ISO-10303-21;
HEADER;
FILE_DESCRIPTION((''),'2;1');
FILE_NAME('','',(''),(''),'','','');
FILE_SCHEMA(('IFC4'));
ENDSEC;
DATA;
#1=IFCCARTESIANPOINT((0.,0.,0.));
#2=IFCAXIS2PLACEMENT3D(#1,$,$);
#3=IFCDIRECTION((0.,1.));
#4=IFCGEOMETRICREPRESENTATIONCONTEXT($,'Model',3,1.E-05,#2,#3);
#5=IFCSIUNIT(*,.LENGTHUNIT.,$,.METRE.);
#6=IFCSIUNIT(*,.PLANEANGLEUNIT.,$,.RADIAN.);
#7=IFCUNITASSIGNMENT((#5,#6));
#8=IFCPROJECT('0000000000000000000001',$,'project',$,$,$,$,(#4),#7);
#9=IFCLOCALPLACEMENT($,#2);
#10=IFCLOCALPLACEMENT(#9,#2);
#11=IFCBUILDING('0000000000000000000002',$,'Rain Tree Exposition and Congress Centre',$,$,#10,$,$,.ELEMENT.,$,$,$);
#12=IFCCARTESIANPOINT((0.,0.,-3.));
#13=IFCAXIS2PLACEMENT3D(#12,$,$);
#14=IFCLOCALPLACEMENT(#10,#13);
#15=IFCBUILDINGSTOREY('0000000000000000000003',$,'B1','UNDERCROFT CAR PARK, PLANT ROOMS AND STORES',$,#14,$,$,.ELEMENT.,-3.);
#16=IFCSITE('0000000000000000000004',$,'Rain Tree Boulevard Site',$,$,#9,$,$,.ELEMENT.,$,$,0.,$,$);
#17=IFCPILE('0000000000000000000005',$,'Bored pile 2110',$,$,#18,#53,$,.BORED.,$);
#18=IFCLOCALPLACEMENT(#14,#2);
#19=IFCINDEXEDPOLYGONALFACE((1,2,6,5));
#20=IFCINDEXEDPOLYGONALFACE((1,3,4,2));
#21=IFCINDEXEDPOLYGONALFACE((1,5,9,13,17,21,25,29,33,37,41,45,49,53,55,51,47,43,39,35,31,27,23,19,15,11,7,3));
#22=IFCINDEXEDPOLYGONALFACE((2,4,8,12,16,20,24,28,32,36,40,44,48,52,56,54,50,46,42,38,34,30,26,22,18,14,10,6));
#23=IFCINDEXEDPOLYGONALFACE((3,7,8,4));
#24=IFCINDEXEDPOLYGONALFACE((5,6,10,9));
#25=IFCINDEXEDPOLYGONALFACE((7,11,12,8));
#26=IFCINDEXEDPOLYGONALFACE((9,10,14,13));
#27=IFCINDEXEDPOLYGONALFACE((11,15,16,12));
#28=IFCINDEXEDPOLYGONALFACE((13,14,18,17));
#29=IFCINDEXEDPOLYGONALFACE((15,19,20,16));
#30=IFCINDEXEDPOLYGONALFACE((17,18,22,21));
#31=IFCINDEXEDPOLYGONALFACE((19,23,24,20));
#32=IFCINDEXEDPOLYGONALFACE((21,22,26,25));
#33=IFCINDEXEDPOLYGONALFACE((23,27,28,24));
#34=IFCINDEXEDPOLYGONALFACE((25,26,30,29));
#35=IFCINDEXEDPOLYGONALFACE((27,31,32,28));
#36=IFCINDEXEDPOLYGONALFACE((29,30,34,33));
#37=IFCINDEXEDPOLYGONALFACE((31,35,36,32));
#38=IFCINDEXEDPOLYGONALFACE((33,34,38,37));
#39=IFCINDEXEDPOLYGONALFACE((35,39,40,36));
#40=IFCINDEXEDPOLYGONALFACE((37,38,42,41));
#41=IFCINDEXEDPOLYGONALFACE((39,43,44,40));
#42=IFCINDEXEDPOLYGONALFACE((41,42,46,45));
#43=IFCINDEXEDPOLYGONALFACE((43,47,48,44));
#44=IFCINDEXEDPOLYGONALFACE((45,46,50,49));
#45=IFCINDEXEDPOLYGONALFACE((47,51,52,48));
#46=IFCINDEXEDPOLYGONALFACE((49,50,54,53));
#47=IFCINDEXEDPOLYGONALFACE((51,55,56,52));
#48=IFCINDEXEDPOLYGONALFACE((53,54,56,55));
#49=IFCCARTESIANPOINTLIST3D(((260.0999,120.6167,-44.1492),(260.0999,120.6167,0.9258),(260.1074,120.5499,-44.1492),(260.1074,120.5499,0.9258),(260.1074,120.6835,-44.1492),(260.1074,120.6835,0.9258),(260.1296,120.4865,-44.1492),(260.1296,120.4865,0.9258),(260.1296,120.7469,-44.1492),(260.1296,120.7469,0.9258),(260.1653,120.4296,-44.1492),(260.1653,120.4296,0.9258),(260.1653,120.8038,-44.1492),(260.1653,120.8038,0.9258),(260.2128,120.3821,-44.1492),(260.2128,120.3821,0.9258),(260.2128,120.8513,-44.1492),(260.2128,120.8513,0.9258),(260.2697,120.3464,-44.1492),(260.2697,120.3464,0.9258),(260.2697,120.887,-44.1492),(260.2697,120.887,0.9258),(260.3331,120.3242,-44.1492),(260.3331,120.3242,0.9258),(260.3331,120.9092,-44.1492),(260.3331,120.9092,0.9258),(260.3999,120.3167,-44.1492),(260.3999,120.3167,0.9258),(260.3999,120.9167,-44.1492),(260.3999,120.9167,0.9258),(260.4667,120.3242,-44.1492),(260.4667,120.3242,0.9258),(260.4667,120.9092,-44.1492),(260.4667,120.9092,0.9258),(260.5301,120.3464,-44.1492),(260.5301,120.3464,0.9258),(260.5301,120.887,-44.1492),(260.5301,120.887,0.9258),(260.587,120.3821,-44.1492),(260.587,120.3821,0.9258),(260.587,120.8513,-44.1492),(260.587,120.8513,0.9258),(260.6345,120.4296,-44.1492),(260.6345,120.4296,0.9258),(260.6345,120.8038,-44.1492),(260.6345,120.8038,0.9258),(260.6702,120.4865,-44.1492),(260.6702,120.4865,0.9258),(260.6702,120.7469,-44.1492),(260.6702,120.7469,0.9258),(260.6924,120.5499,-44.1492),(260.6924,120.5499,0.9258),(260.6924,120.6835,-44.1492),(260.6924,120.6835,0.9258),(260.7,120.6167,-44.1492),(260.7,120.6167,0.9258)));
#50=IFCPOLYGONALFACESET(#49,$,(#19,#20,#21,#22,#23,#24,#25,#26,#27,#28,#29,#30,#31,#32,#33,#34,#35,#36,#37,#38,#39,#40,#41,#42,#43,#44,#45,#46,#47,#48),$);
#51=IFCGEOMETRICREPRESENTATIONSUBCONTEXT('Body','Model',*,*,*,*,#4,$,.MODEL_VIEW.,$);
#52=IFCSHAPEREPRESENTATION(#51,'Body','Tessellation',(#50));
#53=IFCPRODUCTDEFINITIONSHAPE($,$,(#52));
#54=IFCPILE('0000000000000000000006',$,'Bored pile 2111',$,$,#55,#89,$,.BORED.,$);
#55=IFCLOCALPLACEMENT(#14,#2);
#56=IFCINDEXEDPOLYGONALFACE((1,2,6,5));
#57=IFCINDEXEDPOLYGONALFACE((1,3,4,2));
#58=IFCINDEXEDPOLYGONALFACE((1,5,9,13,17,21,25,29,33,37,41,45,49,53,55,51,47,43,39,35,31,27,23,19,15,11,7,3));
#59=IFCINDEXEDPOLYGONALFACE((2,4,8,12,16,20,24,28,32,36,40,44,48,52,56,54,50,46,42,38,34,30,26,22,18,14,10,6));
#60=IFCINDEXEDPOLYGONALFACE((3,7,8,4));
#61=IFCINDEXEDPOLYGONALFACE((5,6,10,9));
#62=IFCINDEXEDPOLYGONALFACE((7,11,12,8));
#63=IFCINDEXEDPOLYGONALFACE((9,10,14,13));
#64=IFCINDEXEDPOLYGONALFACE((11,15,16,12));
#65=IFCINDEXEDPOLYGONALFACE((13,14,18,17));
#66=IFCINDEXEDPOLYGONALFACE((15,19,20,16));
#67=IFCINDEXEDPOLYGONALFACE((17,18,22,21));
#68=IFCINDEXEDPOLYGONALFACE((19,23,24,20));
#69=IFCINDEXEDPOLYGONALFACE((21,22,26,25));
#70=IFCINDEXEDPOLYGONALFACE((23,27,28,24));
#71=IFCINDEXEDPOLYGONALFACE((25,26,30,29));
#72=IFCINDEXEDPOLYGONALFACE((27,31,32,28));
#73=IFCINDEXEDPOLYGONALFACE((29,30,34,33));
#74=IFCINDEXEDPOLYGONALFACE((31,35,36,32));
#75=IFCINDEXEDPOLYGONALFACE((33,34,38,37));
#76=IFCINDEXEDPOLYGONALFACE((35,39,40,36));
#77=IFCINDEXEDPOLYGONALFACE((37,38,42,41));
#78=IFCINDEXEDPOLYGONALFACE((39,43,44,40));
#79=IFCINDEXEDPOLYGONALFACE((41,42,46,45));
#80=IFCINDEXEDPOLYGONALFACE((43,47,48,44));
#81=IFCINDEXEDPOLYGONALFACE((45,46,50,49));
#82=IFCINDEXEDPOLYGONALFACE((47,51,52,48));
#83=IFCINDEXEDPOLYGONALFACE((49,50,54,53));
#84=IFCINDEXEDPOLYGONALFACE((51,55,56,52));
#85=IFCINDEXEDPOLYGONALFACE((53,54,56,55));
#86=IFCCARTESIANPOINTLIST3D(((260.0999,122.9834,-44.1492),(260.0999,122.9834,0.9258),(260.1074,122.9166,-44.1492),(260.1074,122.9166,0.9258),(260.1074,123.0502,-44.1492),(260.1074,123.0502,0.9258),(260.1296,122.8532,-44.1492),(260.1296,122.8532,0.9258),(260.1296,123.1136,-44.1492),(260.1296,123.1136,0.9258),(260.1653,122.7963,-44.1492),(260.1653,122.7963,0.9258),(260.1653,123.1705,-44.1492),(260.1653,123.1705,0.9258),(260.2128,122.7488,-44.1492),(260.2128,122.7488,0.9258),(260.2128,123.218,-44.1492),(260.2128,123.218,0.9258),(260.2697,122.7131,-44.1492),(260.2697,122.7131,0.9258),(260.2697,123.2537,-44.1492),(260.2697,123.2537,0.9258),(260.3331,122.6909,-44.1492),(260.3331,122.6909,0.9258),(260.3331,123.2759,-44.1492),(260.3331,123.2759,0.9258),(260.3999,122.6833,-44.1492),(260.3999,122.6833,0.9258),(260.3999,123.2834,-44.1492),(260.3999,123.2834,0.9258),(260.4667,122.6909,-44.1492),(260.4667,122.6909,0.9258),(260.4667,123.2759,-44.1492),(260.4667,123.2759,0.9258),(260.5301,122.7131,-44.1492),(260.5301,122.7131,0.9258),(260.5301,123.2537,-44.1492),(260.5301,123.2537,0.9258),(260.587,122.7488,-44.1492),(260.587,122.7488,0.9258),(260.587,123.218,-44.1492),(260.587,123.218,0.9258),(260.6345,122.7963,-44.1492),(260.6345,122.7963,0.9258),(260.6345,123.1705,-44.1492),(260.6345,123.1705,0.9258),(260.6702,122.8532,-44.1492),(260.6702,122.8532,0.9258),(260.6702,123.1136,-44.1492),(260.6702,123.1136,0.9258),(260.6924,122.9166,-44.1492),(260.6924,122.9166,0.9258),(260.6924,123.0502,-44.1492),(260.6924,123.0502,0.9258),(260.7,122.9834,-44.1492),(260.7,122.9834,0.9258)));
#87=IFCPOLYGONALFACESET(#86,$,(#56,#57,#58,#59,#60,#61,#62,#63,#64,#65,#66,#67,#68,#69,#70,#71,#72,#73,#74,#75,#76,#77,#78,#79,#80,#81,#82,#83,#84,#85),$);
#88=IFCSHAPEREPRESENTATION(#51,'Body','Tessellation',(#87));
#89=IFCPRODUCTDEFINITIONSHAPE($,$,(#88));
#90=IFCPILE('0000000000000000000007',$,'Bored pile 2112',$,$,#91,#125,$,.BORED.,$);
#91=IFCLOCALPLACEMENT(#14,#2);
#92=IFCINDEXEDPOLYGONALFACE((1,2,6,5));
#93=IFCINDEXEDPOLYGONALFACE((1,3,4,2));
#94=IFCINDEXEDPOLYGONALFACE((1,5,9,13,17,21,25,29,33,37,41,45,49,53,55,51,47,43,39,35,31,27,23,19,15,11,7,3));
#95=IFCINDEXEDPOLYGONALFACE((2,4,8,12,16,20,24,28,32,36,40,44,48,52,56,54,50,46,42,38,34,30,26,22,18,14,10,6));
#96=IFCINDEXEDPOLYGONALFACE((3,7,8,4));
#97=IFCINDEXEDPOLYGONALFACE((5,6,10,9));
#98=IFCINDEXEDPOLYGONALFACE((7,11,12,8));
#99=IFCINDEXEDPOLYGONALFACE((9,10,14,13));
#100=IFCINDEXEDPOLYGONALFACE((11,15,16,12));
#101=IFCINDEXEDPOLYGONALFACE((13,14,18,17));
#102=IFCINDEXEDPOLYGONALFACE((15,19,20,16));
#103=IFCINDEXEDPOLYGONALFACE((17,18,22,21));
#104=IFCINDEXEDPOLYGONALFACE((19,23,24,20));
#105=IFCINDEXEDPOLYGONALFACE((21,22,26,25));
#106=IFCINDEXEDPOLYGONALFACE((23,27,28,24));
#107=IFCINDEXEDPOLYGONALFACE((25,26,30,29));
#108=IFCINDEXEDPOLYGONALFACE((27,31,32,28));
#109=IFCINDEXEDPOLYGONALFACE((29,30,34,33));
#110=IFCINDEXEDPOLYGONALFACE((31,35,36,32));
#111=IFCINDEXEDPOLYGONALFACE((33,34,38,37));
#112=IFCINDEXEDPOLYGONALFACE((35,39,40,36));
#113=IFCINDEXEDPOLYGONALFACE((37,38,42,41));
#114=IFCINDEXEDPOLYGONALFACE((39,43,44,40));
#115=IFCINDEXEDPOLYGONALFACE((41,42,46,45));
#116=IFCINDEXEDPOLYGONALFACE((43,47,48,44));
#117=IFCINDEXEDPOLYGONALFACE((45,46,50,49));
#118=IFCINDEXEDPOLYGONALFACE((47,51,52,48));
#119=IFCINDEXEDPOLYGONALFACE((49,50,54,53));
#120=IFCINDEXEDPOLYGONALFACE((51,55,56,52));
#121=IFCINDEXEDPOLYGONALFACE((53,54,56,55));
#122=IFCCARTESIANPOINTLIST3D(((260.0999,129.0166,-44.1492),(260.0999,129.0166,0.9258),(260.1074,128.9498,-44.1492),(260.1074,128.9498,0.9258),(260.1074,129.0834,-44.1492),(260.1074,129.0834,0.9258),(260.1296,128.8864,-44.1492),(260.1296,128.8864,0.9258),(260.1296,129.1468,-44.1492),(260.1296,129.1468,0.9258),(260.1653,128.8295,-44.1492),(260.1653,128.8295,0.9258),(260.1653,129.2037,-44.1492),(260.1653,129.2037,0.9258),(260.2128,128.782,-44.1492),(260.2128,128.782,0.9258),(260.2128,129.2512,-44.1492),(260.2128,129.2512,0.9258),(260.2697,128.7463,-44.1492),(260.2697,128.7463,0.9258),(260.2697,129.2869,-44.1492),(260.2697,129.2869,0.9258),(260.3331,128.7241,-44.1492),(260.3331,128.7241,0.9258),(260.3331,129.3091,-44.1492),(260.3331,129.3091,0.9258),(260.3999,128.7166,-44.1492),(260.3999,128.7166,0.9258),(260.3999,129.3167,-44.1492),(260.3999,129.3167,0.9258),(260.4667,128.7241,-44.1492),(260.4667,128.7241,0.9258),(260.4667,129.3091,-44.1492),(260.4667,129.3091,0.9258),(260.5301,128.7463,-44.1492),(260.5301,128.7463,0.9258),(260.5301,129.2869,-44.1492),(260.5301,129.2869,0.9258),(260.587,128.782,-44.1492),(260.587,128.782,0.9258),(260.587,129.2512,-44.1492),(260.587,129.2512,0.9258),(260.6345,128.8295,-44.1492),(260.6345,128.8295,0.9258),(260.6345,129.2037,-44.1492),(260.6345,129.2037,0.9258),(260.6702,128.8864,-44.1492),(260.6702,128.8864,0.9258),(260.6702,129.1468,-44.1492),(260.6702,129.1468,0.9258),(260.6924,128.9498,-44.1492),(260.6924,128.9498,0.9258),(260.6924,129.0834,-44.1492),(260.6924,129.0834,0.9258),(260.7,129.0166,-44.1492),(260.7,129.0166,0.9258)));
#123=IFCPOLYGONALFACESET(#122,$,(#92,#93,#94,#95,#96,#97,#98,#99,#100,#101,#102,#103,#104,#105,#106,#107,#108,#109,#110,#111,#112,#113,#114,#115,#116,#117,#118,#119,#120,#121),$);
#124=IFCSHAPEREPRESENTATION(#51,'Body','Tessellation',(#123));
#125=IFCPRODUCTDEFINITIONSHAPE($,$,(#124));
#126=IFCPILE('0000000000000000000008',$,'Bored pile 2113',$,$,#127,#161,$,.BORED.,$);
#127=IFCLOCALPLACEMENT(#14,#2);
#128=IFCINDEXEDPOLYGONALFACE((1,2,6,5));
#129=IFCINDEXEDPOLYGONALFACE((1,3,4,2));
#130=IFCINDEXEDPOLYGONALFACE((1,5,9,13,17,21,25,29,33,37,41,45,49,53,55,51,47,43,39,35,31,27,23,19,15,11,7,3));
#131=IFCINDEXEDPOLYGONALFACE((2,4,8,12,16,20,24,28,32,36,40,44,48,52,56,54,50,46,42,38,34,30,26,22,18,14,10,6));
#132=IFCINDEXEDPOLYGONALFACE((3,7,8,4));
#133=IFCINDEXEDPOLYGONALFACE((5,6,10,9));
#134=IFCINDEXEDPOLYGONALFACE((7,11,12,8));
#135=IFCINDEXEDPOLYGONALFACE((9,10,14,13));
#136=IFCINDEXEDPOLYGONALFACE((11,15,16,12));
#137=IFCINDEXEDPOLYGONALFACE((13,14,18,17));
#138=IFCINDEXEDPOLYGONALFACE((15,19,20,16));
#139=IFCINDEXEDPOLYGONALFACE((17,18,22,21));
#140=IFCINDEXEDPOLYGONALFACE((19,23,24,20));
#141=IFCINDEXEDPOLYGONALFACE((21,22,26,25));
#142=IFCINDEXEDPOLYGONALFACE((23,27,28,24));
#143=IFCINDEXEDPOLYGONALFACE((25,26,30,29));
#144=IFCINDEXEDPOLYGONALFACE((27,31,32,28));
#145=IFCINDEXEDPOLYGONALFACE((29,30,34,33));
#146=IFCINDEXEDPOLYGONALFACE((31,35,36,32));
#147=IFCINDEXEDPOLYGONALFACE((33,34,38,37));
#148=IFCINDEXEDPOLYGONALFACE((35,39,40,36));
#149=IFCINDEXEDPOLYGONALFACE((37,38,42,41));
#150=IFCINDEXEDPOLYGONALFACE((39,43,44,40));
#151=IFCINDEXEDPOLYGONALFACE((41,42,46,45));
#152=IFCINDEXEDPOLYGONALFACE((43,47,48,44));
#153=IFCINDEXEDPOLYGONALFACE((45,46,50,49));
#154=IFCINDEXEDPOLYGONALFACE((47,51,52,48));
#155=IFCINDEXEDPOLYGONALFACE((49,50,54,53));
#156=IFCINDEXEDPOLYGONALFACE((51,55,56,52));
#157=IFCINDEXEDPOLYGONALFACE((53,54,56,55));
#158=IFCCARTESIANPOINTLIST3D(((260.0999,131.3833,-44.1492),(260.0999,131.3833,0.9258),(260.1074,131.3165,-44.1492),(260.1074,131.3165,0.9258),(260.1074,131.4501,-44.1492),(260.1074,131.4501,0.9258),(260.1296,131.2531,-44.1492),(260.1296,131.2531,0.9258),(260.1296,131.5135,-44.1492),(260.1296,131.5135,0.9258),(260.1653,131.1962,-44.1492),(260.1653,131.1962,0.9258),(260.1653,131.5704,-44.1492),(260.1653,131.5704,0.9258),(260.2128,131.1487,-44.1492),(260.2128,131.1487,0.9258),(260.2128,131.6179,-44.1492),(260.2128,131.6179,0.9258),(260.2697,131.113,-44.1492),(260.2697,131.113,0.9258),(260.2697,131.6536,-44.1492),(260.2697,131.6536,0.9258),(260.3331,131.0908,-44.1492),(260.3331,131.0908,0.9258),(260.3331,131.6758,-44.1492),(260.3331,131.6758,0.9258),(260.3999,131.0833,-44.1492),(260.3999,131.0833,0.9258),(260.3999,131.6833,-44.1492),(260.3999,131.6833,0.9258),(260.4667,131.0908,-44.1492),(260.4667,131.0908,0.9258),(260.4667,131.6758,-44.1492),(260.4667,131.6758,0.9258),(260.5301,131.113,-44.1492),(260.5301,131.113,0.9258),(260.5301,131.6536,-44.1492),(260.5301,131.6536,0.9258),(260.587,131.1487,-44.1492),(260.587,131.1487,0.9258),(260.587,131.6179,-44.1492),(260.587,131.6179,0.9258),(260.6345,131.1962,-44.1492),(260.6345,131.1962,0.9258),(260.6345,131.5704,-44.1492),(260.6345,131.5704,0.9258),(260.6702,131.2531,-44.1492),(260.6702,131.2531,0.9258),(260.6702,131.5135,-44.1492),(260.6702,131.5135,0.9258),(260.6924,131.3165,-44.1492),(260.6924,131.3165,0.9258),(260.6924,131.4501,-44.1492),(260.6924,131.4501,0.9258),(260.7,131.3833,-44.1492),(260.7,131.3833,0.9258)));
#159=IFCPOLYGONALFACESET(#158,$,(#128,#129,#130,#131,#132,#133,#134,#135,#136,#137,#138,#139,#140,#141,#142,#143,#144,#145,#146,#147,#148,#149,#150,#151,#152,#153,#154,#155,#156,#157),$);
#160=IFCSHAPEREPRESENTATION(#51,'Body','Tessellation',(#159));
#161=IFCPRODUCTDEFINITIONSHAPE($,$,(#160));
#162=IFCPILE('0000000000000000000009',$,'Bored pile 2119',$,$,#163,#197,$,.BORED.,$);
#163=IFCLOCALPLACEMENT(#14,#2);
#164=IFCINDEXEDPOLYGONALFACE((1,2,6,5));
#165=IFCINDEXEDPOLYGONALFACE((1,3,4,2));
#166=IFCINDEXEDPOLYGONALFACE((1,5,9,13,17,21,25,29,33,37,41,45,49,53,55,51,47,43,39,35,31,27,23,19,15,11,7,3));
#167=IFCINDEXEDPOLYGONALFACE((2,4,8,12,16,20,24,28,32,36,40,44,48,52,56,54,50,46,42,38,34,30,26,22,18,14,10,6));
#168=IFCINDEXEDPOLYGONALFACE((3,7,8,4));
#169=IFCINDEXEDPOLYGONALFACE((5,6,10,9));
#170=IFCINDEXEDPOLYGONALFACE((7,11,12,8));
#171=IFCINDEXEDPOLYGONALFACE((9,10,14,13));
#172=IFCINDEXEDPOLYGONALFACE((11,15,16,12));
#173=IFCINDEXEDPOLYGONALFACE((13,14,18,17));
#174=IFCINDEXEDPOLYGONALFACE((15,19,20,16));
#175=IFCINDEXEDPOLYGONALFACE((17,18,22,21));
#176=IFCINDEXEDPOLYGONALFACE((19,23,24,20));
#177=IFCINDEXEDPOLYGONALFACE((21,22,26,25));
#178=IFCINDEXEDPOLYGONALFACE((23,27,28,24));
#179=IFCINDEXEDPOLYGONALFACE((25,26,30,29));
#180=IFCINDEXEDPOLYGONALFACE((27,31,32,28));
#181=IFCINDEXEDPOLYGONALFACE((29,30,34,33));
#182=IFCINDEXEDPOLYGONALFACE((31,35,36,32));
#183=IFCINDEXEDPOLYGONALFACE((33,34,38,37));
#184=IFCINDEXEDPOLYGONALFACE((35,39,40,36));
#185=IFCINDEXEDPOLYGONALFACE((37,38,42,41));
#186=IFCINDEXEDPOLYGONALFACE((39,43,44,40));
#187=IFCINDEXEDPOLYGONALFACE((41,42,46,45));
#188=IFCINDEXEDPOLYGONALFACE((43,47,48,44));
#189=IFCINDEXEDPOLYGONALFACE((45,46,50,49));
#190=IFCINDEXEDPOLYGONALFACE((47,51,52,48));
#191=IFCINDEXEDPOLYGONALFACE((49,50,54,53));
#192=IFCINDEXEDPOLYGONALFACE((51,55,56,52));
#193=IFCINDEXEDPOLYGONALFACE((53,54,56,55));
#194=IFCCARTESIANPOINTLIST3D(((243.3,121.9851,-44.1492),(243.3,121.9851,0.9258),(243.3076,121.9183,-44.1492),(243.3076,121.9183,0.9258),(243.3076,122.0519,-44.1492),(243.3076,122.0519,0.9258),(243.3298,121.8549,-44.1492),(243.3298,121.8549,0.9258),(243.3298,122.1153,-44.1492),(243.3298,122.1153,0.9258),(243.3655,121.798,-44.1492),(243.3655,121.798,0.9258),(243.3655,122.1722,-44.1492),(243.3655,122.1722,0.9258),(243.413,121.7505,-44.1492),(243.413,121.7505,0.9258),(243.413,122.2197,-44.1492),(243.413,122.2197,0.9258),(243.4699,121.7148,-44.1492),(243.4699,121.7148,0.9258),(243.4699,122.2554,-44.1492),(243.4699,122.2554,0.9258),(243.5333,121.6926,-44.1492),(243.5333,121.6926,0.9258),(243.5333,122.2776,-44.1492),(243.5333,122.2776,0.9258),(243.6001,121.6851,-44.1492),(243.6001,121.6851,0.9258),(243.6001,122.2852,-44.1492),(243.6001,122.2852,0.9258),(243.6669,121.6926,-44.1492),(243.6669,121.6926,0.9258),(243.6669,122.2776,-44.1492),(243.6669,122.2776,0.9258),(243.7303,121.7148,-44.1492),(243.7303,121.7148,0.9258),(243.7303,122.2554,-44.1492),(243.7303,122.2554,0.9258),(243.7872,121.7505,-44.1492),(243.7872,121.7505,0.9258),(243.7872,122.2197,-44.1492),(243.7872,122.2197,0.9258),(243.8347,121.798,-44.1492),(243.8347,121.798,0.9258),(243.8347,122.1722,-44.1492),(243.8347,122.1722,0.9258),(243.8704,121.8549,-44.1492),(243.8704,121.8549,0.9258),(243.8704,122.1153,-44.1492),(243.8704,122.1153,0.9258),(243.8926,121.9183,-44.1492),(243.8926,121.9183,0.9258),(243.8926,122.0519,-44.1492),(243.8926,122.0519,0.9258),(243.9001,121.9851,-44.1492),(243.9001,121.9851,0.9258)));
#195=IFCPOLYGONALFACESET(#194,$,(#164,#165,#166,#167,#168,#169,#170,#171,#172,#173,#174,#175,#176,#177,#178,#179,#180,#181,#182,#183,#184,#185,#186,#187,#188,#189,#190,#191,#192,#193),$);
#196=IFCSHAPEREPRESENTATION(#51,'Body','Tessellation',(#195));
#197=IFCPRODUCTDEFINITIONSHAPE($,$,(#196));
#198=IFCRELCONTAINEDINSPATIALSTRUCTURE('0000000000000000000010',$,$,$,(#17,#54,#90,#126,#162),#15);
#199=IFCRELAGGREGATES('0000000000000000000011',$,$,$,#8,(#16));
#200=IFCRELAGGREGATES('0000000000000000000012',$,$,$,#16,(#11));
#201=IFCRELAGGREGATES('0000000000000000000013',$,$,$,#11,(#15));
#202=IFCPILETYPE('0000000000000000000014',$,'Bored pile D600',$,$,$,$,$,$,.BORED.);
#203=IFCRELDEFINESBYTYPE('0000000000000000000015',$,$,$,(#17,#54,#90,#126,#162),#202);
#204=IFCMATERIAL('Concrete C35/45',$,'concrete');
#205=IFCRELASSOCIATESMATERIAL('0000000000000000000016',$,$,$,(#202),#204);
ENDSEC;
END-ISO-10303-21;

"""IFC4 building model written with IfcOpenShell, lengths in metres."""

from ifc_helpers import new_model, si_unit, direction, frame, origin, origin_2d, place, context, subcontext, project, spatial, circle, extrude, material, material_profile, profile_set, type_object, element, save


model = new_model("IFC4")

# Units and contexts
model_context = context("Model", 3, precision=1e-05, world=origin(), true_north=direction((0.0, 1.0)))
body_context = subcontext(model_context, "Body", "Model", "MODEL_VIEW")
ifc_project = project(units=[si_unit("LENGTHUNIT", "METRE"), si_unit("PLANEANGLEUNIT", "RADIAN")], contexts=[model_context])

# Site, building, storey
site_placement = place(None, origin())
site = spatial("IfcSite", under=ifc_project, at=site_placement, Name="Rain Tree Boulevard Site", CompositionType="ELEMENT", RefElevation=0.0)
building_placement = place(site_placement, origin())
building = spatial("IfcBuilding", under=site, at=building_placement, Name="Rain Tree Exposition and Congress Centre", CompositionType="ELEMENT")
storey_placement = place(building_placement, frame((0.0, 0.0, -3.0)))
storey = spatial("IfcBuildingStorey", under=building, at=storey_placement, Name="B1", Description="UNDERCROFT CAR PARK, PLANT ROOMS AND STORES", CompositionType="ELEMENT", Elevation=-3.0)

# Piles
ifc_material_1 = material(Name="Concrete C35/45", Category="concrete")
ifc_material_profile_1 = material_profile(ifc_material_1, circle(Radius=0.3, at=origin_2d()), Name="D600")
ifc_profile_set_1 = profile_set([ifc_material_profile_1], Name="Concrete C35/45")
pile_type_1 = type_object("IfcPileType", Name="Bored pile D600", PredefinedType="BORED", material=ifc_profile_set_1)
for number, where, z_axis, x_axis, name in (
    (1, (260.3999, 120.6167, 0.9258), (0.0, 0.0, -1.0), (1.0, 0.0, 0.0), "Bored pile 2110"),
    (2, (260.3999, 122.9834, 0.9258), (0.0, 0.0, -1.0), (1.0, 0.0, 0.0), "Bored pile 2111"),
    (3, (260.3999, 129.0166, 0.9258), (0.0, 0.0, -1.0), (1.0, 0.0, 0.0), "Bored pile 2112"),
    (4, (260.3999, 131.3833, 0.9258), (0.0, 0.0, -1.0), (1.0, 0.0, 0.0), "Bored pile 2113"),
    (5, (243.6001, 121.9851, 0.9258), (0.0, 0.0, -1.0), (1.0, 0.0, 0.0), "Bored pile 2119"),
):
    element("IfcPile", number, at=place(storey_placement, frame(where, z_axis=z_axis, x_axis=x_axis)), inside=storey, type_object=pile_type_1, Name=name, PredefinedType="BORED", context=body_context, shape_type="SweptSolid", body=[
        extrude(circle(Radius=0.3, at=origin_2d()), origin(), (0.0, 0.0, 1.0), 45.075),
    ])

save(model, "model.ifc")
